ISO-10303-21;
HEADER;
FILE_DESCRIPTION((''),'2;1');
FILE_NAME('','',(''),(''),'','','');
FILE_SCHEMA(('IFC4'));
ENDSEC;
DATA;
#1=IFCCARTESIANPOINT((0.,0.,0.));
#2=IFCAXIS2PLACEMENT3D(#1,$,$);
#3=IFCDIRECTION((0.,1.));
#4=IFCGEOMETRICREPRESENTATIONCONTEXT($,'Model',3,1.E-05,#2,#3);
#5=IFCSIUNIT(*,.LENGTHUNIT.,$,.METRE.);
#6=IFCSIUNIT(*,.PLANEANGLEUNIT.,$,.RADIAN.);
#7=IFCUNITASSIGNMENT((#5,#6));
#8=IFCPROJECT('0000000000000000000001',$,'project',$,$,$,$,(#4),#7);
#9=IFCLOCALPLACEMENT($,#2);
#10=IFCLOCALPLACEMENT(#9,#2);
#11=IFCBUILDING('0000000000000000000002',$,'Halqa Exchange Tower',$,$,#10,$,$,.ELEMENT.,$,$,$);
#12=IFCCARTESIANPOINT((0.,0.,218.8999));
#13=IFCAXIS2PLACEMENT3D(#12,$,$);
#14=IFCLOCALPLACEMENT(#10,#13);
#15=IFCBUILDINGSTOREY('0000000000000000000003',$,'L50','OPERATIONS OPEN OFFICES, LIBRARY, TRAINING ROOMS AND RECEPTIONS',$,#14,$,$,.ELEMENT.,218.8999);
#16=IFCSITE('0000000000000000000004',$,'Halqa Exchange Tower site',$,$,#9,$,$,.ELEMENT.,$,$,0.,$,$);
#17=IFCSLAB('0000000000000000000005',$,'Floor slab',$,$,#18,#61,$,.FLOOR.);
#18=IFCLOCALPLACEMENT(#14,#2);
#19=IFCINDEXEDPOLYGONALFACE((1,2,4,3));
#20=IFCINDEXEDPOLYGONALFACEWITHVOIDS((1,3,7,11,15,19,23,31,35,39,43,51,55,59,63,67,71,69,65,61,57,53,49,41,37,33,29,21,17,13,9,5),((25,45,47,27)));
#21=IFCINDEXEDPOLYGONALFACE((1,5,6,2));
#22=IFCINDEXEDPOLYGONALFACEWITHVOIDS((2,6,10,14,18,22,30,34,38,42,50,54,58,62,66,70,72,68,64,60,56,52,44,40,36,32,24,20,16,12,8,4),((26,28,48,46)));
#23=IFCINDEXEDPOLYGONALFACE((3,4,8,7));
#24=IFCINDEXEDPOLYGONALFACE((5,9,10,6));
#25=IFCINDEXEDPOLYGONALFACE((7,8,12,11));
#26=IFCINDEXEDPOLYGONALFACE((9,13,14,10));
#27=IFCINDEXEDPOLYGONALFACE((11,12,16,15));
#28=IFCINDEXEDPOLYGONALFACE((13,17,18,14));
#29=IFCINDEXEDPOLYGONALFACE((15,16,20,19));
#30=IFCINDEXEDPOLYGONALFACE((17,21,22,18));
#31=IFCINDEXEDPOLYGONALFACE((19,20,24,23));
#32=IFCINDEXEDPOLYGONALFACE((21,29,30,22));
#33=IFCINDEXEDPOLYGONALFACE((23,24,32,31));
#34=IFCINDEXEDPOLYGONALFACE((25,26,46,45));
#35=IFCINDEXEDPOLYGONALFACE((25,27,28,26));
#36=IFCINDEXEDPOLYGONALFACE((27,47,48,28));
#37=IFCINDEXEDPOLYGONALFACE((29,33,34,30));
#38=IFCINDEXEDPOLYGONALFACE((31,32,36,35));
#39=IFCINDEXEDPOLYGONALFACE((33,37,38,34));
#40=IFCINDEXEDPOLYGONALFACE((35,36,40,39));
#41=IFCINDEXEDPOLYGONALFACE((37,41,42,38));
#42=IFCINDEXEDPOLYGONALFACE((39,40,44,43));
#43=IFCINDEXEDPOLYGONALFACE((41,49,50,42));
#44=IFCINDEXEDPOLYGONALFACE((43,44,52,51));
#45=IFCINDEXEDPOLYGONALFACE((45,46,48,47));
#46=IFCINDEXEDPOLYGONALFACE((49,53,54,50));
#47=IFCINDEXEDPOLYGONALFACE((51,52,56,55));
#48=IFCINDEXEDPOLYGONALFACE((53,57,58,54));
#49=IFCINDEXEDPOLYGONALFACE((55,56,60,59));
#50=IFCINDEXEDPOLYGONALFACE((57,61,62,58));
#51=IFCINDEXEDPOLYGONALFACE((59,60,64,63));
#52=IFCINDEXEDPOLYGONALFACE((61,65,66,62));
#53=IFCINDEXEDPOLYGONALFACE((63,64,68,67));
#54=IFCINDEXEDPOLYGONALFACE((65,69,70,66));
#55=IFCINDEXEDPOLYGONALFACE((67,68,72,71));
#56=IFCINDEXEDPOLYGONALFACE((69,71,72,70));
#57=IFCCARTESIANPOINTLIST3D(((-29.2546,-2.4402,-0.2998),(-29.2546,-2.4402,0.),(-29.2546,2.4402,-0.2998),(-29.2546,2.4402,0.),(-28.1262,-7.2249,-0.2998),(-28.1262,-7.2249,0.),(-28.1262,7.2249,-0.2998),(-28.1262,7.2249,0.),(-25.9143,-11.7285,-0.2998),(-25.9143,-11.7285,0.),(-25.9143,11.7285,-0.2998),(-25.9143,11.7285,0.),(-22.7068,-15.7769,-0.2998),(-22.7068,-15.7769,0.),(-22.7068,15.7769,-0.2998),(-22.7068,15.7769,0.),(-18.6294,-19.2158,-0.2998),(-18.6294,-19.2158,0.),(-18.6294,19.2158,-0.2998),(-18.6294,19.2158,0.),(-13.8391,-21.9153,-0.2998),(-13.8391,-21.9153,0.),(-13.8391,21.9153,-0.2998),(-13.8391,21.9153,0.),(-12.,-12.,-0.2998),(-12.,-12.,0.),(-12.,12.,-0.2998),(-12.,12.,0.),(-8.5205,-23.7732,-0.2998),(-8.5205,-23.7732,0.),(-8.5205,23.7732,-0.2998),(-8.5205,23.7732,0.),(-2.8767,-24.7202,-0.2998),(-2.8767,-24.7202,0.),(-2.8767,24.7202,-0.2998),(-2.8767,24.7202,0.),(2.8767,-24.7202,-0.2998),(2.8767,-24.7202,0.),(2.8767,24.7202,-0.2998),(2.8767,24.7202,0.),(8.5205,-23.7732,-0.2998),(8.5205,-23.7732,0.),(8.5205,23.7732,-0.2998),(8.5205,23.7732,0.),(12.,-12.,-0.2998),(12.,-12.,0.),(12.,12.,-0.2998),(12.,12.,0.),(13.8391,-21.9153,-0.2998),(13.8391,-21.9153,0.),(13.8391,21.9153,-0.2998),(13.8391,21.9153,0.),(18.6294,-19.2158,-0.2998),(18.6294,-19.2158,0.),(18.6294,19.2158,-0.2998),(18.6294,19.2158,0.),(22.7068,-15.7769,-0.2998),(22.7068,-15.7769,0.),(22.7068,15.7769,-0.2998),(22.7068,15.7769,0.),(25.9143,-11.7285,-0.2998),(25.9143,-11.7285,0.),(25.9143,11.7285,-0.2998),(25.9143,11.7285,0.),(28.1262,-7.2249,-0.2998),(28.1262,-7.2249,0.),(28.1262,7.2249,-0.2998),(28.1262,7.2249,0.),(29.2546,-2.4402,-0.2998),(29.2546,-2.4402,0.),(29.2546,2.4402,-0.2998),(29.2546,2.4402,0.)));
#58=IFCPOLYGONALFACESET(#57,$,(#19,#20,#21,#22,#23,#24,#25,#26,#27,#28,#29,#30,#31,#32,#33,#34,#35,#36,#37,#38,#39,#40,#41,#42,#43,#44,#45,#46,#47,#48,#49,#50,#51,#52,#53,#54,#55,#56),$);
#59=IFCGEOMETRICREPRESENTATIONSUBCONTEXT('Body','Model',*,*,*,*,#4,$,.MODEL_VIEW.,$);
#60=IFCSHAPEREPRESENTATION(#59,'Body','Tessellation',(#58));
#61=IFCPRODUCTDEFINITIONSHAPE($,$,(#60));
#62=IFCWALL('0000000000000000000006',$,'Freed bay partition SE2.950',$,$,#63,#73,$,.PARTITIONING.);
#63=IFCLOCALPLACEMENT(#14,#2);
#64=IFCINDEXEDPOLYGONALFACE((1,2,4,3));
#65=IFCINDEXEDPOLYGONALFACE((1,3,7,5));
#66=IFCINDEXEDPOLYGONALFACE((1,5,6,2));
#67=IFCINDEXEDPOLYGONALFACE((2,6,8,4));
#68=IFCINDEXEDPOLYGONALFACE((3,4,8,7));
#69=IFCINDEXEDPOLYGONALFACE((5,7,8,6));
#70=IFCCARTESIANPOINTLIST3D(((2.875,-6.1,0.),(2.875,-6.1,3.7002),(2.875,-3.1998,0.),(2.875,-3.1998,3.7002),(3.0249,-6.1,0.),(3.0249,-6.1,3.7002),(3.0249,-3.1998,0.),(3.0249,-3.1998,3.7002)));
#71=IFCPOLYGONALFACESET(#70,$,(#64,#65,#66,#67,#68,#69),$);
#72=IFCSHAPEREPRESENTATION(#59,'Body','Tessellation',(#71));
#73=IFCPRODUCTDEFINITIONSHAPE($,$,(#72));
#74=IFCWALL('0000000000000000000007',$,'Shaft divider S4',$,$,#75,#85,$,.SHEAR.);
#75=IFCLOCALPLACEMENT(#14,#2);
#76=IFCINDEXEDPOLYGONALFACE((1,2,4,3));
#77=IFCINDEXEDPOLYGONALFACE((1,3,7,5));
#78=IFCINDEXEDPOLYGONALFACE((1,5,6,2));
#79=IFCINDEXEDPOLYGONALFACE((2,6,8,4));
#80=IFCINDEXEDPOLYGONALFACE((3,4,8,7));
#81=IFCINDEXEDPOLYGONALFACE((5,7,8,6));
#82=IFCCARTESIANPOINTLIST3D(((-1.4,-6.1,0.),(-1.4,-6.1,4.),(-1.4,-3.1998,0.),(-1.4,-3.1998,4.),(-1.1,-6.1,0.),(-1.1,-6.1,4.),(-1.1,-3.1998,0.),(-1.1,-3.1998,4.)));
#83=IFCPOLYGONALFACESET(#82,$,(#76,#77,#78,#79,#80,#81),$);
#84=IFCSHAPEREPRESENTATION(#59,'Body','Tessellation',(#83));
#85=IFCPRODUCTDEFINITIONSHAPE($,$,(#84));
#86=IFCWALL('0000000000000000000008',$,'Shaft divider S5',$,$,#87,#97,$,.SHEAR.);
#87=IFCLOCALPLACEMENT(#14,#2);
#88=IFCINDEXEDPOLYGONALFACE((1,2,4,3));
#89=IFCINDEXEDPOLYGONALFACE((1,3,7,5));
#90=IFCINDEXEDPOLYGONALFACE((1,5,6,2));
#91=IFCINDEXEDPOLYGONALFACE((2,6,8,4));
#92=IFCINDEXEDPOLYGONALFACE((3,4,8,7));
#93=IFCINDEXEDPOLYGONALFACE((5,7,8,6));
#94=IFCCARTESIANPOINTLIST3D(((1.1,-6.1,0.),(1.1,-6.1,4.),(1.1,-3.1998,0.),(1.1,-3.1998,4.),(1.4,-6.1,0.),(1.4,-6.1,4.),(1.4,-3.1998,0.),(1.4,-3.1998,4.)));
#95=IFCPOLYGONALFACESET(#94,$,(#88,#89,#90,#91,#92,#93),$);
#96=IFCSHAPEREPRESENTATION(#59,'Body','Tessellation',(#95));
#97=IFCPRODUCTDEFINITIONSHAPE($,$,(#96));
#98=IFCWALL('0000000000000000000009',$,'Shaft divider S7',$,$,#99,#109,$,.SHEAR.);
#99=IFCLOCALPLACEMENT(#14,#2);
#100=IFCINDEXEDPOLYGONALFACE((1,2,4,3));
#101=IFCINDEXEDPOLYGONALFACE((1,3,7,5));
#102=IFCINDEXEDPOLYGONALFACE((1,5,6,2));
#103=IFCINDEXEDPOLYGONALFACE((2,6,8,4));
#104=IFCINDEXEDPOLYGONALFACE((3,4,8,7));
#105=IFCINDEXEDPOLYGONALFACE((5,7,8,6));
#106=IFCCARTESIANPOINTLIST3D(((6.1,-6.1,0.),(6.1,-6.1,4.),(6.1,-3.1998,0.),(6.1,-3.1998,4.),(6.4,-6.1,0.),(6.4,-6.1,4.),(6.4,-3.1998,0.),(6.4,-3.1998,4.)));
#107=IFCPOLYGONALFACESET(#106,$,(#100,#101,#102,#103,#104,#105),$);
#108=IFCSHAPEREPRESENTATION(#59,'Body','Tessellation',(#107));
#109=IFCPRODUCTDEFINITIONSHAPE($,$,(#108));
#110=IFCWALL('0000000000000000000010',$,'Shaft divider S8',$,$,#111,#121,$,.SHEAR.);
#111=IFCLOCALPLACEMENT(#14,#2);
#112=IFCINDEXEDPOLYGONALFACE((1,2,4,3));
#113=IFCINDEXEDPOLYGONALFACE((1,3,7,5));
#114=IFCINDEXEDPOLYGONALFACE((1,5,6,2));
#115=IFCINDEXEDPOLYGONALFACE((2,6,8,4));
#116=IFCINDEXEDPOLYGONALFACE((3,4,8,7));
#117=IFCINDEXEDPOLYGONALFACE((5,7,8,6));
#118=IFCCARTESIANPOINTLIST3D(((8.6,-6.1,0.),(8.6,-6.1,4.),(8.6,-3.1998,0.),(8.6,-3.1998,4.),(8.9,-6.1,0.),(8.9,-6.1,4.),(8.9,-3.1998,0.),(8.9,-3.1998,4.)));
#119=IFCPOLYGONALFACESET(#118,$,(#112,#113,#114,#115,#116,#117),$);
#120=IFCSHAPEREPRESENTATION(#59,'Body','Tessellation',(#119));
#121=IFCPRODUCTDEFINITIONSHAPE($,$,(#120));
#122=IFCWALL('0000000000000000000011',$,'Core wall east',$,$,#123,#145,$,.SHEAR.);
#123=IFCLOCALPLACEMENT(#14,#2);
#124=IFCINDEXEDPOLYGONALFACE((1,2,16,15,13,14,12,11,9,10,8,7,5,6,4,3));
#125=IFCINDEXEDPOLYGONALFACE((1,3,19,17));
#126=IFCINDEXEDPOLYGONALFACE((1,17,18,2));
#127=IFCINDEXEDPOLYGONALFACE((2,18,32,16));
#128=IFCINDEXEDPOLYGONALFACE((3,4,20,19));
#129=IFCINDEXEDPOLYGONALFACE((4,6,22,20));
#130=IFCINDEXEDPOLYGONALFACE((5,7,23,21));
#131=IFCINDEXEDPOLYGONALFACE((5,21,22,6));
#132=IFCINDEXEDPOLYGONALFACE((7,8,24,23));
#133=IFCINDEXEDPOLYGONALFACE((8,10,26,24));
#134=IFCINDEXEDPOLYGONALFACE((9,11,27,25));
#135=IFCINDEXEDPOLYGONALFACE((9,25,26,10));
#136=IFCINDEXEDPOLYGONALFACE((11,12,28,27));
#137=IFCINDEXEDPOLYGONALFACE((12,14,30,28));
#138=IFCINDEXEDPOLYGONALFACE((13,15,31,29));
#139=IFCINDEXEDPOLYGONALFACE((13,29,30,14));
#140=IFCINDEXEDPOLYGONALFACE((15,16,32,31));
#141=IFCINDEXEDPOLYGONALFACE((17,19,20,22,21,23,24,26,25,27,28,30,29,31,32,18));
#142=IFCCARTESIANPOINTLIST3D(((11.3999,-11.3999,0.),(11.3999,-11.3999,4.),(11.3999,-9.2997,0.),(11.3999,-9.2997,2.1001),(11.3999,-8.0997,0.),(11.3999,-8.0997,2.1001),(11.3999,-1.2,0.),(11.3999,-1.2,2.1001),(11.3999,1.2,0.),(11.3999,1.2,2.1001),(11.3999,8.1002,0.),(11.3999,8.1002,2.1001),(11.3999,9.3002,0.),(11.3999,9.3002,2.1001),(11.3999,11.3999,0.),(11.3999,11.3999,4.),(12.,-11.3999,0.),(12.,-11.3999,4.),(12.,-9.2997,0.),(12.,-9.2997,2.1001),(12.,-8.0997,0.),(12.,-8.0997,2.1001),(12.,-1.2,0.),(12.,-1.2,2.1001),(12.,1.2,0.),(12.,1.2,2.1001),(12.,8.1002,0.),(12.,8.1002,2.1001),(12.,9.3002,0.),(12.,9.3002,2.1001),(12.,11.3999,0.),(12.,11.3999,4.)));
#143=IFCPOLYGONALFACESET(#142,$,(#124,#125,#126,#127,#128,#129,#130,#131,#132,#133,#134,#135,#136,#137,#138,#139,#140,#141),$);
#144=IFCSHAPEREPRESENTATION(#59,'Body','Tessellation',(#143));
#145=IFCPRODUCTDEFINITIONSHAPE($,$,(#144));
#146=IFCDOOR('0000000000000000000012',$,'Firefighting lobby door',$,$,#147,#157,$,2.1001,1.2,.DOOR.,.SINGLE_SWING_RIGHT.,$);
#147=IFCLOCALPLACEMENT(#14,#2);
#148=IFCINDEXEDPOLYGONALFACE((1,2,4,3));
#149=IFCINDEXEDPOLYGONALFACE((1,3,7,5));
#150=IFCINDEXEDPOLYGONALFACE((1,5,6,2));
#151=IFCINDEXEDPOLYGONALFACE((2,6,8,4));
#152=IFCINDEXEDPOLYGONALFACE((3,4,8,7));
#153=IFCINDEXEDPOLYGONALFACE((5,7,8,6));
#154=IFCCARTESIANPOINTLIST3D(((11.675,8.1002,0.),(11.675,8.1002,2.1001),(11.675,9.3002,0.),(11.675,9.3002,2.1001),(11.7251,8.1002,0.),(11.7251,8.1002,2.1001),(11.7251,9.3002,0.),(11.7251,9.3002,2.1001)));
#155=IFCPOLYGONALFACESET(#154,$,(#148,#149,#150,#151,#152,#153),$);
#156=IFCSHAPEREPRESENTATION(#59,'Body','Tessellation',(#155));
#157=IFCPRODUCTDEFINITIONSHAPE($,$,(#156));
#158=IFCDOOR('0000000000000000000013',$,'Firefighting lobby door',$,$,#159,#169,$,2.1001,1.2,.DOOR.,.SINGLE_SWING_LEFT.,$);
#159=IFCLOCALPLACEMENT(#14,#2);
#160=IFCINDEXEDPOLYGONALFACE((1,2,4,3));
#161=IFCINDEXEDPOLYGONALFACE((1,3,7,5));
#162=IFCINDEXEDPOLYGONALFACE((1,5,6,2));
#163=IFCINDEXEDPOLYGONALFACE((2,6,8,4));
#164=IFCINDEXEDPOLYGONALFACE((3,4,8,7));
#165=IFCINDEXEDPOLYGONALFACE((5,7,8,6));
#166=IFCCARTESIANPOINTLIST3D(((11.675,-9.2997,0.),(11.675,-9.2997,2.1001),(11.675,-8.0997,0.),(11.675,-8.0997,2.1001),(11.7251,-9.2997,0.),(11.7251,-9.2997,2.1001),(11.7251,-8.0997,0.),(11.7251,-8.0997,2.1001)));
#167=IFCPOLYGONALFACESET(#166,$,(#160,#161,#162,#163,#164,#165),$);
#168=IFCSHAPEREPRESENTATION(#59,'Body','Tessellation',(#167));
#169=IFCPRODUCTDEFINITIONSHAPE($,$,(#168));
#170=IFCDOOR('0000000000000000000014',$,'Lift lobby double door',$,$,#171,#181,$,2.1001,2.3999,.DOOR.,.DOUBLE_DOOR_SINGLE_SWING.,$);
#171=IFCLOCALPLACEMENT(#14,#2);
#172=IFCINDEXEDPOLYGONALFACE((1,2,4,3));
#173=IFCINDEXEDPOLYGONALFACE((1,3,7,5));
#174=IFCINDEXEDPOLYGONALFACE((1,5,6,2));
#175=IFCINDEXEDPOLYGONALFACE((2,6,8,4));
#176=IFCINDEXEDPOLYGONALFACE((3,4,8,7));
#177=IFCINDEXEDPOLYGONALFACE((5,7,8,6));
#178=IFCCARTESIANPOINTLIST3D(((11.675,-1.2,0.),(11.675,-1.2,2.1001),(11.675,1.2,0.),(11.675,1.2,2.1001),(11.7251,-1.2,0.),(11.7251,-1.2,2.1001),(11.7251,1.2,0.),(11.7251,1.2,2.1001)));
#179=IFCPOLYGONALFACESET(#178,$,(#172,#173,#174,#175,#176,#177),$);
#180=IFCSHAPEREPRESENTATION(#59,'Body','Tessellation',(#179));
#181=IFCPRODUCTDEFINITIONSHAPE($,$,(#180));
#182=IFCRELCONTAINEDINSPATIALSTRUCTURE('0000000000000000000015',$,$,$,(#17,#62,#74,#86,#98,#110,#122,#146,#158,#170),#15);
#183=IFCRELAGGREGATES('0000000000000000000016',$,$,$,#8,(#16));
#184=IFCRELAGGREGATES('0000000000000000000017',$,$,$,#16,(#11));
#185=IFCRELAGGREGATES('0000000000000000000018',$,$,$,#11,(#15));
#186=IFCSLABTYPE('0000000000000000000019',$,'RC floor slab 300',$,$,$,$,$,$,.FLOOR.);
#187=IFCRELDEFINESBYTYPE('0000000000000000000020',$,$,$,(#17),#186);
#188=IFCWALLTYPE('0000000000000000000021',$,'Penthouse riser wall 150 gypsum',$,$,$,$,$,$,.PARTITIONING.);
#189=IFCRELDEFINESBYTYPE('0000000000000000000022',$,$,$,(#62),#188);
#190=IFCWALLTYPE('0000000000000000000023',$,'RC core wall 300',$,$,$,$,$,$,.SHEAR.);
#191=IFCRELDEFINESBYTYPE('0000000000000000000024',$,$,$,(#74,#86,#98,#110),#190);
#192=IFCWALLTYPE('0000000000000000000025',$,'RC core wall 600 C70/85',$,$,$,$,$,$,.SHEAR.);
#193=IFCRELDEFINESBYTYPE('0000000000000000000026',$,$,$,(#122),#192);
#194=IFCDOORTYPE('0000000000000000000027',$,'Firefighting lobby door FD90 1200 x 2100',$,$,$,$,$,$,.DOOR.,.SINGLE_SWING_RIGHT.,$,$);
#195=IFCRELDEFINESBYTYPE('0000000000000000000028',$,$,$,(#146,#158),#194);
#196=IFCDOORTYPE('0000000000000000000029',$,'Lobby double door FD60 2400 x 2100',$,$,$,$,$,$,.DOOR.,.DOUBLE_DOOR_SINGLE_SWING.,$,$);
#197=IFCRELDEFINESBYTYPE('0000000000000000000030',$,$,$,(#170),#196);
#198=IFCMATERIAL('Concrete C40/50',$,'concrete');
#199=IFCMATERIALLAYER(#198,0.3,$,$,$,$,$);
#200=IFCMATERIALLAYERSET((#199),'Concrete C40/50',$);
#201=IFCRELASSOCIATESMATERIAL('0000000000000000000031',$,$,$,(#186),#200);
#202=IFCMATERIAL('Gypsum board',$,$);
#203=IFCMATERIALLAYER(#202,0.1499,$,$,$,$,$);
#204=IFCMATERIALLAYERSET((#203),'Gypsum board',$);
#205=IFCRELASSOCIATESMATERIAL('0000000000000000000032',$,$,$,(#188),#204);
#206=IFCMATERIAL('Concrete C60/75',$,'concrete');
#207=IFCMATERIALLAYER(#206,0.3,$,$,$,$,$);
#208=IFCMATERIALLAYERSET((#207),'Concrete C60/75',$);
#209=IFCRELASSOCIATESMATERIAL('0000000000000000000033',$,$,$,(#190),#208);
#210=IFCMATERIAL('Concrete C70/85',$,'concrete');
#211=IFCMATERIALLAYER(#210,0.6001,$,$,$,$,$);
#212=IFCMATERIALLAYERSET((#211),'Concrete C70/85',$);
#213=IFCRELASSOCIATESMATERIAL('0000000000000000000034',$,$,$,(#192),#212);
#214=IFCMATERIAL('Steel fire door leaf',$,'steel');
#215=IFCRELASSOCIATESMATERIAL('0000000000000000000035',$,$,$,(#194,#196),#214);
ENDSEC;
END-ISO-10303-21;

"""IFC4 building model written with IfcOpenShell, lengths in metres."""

from ifc_helpers import new_model, si_unit, direction, frame, frame_2d, origin, place, context, subcontext, project, spatial, polyline, rectangle, outline, extrude, material, layer, layer_set, type_object, element, fill, save


model = new_model("IFC4")

# Units and contexts
model_context = context("Model", 3, precision=1e-05, world=origin(), true_north=direction((0.0, 1.0)))
body_context = subcontext(model_context, "Body", "Model", "MODEL_VIEW")
ifc_project = project(units=[si_unit("LENGTHUNIT", "METRE"), si_unit("PLANEANGLEUNIT", "RADIAN")], contexts=[model_context])

# Site, building, storey
site_placement = place(None, origin())
site = spatial("IfcSite", under=ifc_project, at=site_placement, Name="Halqa Exchange Tower site", CompositionType="ELEMENT", RefElevation=0.0)
building_placement = place(site_placement, origin())
building = spatial("IfcBuilding", under=site, at=building_placement, Name="Halqa Exchange Tower", CompositionType="ELEMENT")
storey_placement = place(building_placement, frame((0.0, 0.0, 218.8999)))
storey = spatial("IfcBuildingStorey", under=building, at=storey_placement, Name="L50", Description="OPERATIONS OPEN OFFICES, LIBRARY, TRAINING ROOMS AND RECEPTIONS", CompositionType="ELEMENT", Elevation=218.8999)

# Slab
ifc_material_1 = material(Name="Concrete C40/50", Category="concrete")
ifc_layer_1 = layer(ifc_material_1, 0.3)
ifc_layer_set_1 = layer_set([ifc_layer_1], Name="Concrete C40/50")
slab_type = type_object("IfcSlabType", Name="RC floor slab 300", PredefinedType="FLOOR", material=ifc_layer_set_1)
slab_placement = place(storey_placement, frame((0.0, 0.0, -0.2998)))
element("IfcSlab", 1, at=slab_placement, inside=storey, type_object=slab_type, Name="Floor slab", PredefinedType="FLOOR", context=body_context, shape_type="SweptSolid", body=[
    extrude(outline(polyline([(29.2546, 2.4402), (28.1262, 7.2249), (25.9143, 11.7285), (22.7068, 15.7769), (18.6294, 19.2158), (13.8391, 21.9153), (8.5205, 23.7732), (2.8767, 24.7202), (-2.8767, 24.7202), (-8.5205, 23.7732), (-13.8391, 21.9153), (-18.6294, 19.2158), (-22.7068, 15.7769), (-25.9143, 11.7285), (-28.1262, 7.2249), (-29.2546, 2.4402), (-29.2546, -2.4402), (-28.1262, -7.2249), (-25.9143, -11.7285), (-22.7068, -15.7769), (-18.6294, -19.2158), (-13.8391, -21.9153), (-8.5205, -23.7732), (-2.8767, -24.7202), (2.8767, -24.7202), (8.5205, -23.7732), (13.8391, -21.9153), (18.6294, -19.2158), (22.7068, -15.7769), (25.9143, -11.7285), (28.1262, -7.2249), (29.2546, -2.4402), (29.2546, 2.4402)]), holes=[polyline([(-12.0, -12.0), (12.0, -12.0), (12.0, 12.0), (-12.0, 12.0), (-12.0, -12.0)])]), origin(), (0.0, 0.0, 1.0), 0.2998),
])

# Walls
ifc_material_2 = material(Name="Gypsum board")
ifc_layer_2 = layer(ifc_material_2, 0.1499)
ifc_layer_set_2 = layer_set([ifc_layer_2], Name="Gypsum board")
wall_type_1 = type_object("IfcWallType", Name="Penthouse riser wall 150 gypsum", PredefinedType="PARTITIONING", material=ifc_layer_set_2)
wall_1_placement = place(storey_placement, frame((2.95, -6.1001, 0.0), z_axis=(0.0, 0.0, 1.0), x_axis=(0.0, 1.0, 0.0)))
element("IfcWall", 2, at=wall_1_placement, inside=storey, type_object=wall_type_1, Name="Freed bay partition SE2.950", PredefinedType="PARTITIONING", context=body_context, shape_type="SweptSolid", body=[
    extrude(rectangle(XDim=2.9001, YDim=0.1499, at=frame_2d((1.4502, 0.0))), origin(), (0.0, 0.0, 1.0), 3.7002),
])
ifc_material_3 = material(Name="Concrete C60/75", Category="concrete")
ifc_layer_3 = layer(ifc_material_3, 0.3)
ifc_layer_set_3 = layer_set([ifc_layer_3], Name="Concrete C60/75")
wall_type_2 = type_object("IfcWallType", Name="RC core wall 300", PredefinedType="SHEAR", material=ifc_layer_set_3)
for number, where, z_axis, x_axis, name in (
    (3, (-1.25, -6.1001, 0.0), (0.0, 0.0, 1.0), (0.0, 1.0, 0.0), "Shaft divider S4"),
    (4, (1.25, -6.1001, 0.0), (0.0, 0.0, 1.0), (0.0, 1.0, 0.0), "Shaft divider S5"),
    (5, (6.25, -6.1001, 0.0), (0.0, 0.0, 1.0), (0.0, 1.0, 0.0), "Shaft divider S7"),
    (6, (8.75, -6.1001, 0.0), (0.0, 0.0, 1.0), (0.0, 1.0, 0.0), "Shaft divider S8"),
):
    element("IfcWall", number, at=place(storey_placement, frame(where, z_axis=z_axis, x_axis=x_axis)), inside=storey, type_object=wall_type_2, Name=name, PredefinedType="SHEAR", context=body_context, shape_type="SweptSolid", body=[
        extrude(rectangle(XDim=2.9001, YDim=0.3, at=frame_2d((1.4502, 0.0))), origin(), (0.0, 0.0, 1.0), 4.0),
    ])

# Wall, openings, doors
ifc_material_4 = material(Name="Concrete C70/85", Category="concrete")
ifc_layer_4 = layer(ifc_material_4, 0.6001)
ifc_layer_set_4 = layer_set([ifc_layer_4], Name="Concrete C70/85")
wall_type_3 = type_object("IfcWallType", Name="RC core wall 600 C70/85", PredefinedType="SHEAR", material=ifc_layer_set_4)
wall_2_placement = place(storey_placement, frame((11.7, -11.3999, 0.0), z_axis=(0.0, 0.0, 1.0), x_axis=(0.0, 1.0, 0.0)))
wall_2 = element("IfcWall", 7, at=wall_2_placement, inside=storey, type_object=wall_type_3, Name="Core wall east", PredefinedType="SHEAR", context=body_context, shape_type="SweptSolid", body=[
    extrude(rectangle(XDim=22.7998, YDim=0.6001, at=frame_2d((11.3999, 0.0))), origin(), (0.0, 0.0, 1.0), 4.0),
])
opening_1_placement = place(wall_2_placement, frame((10.2, 0.0, 0.0)))
opening_1 = element("IfcOpeningElement", 8, at=opening_1_placement, cuts=wall_2, PredefinedType="OPENING", context=body_context, shape_type="SweptSolid", body=[
    extrude(rectangle(XDim=2.3999, YDim=2.1001, at=frame_2d((1.2, 1.05))), frame((0.0, 0.312, 0.0), z_axis=(0.0, -1.0, 0.0), x_axis=(1.0, 0.0, 0.0)), (0.0, 0.0, 1.0), 0.624),
])
opening_2_placement = place(wall_2_placement, frame((19.5, 0.0, 0.0)))
opening_2 = element("IfcOpeningElement", 9, at=opening_2_placement, cuts=wall_2, PredefinedType="OPENING", context=body_context, shape_type="SweptSolid", body=[
    extrude(rectangle(XDim=1.2, YDim=2.1001, at=frame_2d((0.6001, 1.05))), frame((0.0, 0.312, 0.0), z_axis=(0.0, -1.0, 0.0), x_axis=(1.0, 0.0, 0.0)), (0.0, 0.0, 1.0), 0.624),
])
opening_3_placement = place(wall_2_placement, frame((2.1001, 0.0, 0.0)))
opening_3 = element("IfcOpeningElement", 10, at=opening_3_placement, cuts=wall_2, PredefinedType="OPENING", context=body_context, shape_type="SweptSolid", body=[
    extrude(rectangle(XDim=1.2, YDim=2.1001, at=frame_2d((0.6001, 1.05))), frame((0.0, 0.312, 0.0), z_axis=(0.0, -1.0, 0.0), x_axis=(1.0, 0.0, 0.0)), (0.0, 0.0, 1.0), 0.624),
])
ifc_material_5 = material(Name="Steel fire door leaf", Category="steel")
door_type_1 = type_object("IfcDoorType", Name="Firefighting lobby door FD90 1200 x 2100", OperationType="SINGLE_SWING_RIGHT", PredefinedType="DOOR", material=ifc_material_5)
door_1_placement = place(opening_2_placement, origin())
door_1 = element("IfcDoor", 11, at=door_1_placement, inside=storey, type_object=door_type_1, Name="Firefighting lobby door", OperationType="SINGLE_SWING_RIGHT", OverallHeight=2.1001, OverallWidth=1.2, PredefinedType="DOOR", context=body_context, shape_type="SweptSolid", body=[
    extrude(rectangle(XDim=1.2, YDim=2.1001, at=frame_2d((0.6001, 1.05))), frame((0.0, 0.0249, 0.0), z_axis=(0.0, -1.0, 0.0), x_axis=(1.0, 0.0, 0.0)), (0.0, 0.0, 1.0), 0.05),
])
fill(opening_2, door_1)
door_2_placement = place(opening_3_placement, origin())
door_2 = element("IfcDoor", 12, at=door_2_placement, inside=storey, type_object=door_type_1, Name="Firefighting lobby door", OperationType="SINGLE_SWING_LEFT", OverallHeight=2.1001, OverallWidth=1.2, PredefinedType="DOOR", context=body_context, shape_type="SweptSolid", body=[
    extrude(rectangle(XDim=1.2, YDim=2.1001, at=frame_2d((0.6001, 1.05))), frame((0.0, 0.0249, 0.0), z_axis=(0.0, -1.0, 0.0), x_axis=(1.0, 0.0, 0.0)), (0.0, 0.0, 1.0), 0.05),
])
fill(opening_3, door_2)
door_type_2 = type_object("IfcDoorType", Name="Lobby double door FD60 2400 x 2100", OperationType="DOUBLE_DOOR_SINGLE_SWING", PredefinedType="DOOR", material=ifc_material_5)
door_3_placement = place(opening_1_placement, origin())
door_3 = element("IfcDoor", 13, at=door_3_placement, inside=storey, type_object=door_type_2, Name="Lift lobby double door", OperationType="DOUBLE_DOOR_SINGLE_SWING", OverallHeight=2.1001, OverallWidth=2.3999, PredefinedType="DOOR", context=body_context, shape_type="SweptSolid", body=[
    extrude(rectangle(XDim=2.3999, YDim=2.1001, at=frame_2d((1.2, 1.05))), frame((0.0, 0.0249, 0.0), z_axis=(0.0, -1.0, 0.0), x_axis=(1.0, 0.0, 0.0)), (0.0, 0.0, 1.0), 0.05),
])
fill(opening_1, door_3)

save(model, "model.ifc")
